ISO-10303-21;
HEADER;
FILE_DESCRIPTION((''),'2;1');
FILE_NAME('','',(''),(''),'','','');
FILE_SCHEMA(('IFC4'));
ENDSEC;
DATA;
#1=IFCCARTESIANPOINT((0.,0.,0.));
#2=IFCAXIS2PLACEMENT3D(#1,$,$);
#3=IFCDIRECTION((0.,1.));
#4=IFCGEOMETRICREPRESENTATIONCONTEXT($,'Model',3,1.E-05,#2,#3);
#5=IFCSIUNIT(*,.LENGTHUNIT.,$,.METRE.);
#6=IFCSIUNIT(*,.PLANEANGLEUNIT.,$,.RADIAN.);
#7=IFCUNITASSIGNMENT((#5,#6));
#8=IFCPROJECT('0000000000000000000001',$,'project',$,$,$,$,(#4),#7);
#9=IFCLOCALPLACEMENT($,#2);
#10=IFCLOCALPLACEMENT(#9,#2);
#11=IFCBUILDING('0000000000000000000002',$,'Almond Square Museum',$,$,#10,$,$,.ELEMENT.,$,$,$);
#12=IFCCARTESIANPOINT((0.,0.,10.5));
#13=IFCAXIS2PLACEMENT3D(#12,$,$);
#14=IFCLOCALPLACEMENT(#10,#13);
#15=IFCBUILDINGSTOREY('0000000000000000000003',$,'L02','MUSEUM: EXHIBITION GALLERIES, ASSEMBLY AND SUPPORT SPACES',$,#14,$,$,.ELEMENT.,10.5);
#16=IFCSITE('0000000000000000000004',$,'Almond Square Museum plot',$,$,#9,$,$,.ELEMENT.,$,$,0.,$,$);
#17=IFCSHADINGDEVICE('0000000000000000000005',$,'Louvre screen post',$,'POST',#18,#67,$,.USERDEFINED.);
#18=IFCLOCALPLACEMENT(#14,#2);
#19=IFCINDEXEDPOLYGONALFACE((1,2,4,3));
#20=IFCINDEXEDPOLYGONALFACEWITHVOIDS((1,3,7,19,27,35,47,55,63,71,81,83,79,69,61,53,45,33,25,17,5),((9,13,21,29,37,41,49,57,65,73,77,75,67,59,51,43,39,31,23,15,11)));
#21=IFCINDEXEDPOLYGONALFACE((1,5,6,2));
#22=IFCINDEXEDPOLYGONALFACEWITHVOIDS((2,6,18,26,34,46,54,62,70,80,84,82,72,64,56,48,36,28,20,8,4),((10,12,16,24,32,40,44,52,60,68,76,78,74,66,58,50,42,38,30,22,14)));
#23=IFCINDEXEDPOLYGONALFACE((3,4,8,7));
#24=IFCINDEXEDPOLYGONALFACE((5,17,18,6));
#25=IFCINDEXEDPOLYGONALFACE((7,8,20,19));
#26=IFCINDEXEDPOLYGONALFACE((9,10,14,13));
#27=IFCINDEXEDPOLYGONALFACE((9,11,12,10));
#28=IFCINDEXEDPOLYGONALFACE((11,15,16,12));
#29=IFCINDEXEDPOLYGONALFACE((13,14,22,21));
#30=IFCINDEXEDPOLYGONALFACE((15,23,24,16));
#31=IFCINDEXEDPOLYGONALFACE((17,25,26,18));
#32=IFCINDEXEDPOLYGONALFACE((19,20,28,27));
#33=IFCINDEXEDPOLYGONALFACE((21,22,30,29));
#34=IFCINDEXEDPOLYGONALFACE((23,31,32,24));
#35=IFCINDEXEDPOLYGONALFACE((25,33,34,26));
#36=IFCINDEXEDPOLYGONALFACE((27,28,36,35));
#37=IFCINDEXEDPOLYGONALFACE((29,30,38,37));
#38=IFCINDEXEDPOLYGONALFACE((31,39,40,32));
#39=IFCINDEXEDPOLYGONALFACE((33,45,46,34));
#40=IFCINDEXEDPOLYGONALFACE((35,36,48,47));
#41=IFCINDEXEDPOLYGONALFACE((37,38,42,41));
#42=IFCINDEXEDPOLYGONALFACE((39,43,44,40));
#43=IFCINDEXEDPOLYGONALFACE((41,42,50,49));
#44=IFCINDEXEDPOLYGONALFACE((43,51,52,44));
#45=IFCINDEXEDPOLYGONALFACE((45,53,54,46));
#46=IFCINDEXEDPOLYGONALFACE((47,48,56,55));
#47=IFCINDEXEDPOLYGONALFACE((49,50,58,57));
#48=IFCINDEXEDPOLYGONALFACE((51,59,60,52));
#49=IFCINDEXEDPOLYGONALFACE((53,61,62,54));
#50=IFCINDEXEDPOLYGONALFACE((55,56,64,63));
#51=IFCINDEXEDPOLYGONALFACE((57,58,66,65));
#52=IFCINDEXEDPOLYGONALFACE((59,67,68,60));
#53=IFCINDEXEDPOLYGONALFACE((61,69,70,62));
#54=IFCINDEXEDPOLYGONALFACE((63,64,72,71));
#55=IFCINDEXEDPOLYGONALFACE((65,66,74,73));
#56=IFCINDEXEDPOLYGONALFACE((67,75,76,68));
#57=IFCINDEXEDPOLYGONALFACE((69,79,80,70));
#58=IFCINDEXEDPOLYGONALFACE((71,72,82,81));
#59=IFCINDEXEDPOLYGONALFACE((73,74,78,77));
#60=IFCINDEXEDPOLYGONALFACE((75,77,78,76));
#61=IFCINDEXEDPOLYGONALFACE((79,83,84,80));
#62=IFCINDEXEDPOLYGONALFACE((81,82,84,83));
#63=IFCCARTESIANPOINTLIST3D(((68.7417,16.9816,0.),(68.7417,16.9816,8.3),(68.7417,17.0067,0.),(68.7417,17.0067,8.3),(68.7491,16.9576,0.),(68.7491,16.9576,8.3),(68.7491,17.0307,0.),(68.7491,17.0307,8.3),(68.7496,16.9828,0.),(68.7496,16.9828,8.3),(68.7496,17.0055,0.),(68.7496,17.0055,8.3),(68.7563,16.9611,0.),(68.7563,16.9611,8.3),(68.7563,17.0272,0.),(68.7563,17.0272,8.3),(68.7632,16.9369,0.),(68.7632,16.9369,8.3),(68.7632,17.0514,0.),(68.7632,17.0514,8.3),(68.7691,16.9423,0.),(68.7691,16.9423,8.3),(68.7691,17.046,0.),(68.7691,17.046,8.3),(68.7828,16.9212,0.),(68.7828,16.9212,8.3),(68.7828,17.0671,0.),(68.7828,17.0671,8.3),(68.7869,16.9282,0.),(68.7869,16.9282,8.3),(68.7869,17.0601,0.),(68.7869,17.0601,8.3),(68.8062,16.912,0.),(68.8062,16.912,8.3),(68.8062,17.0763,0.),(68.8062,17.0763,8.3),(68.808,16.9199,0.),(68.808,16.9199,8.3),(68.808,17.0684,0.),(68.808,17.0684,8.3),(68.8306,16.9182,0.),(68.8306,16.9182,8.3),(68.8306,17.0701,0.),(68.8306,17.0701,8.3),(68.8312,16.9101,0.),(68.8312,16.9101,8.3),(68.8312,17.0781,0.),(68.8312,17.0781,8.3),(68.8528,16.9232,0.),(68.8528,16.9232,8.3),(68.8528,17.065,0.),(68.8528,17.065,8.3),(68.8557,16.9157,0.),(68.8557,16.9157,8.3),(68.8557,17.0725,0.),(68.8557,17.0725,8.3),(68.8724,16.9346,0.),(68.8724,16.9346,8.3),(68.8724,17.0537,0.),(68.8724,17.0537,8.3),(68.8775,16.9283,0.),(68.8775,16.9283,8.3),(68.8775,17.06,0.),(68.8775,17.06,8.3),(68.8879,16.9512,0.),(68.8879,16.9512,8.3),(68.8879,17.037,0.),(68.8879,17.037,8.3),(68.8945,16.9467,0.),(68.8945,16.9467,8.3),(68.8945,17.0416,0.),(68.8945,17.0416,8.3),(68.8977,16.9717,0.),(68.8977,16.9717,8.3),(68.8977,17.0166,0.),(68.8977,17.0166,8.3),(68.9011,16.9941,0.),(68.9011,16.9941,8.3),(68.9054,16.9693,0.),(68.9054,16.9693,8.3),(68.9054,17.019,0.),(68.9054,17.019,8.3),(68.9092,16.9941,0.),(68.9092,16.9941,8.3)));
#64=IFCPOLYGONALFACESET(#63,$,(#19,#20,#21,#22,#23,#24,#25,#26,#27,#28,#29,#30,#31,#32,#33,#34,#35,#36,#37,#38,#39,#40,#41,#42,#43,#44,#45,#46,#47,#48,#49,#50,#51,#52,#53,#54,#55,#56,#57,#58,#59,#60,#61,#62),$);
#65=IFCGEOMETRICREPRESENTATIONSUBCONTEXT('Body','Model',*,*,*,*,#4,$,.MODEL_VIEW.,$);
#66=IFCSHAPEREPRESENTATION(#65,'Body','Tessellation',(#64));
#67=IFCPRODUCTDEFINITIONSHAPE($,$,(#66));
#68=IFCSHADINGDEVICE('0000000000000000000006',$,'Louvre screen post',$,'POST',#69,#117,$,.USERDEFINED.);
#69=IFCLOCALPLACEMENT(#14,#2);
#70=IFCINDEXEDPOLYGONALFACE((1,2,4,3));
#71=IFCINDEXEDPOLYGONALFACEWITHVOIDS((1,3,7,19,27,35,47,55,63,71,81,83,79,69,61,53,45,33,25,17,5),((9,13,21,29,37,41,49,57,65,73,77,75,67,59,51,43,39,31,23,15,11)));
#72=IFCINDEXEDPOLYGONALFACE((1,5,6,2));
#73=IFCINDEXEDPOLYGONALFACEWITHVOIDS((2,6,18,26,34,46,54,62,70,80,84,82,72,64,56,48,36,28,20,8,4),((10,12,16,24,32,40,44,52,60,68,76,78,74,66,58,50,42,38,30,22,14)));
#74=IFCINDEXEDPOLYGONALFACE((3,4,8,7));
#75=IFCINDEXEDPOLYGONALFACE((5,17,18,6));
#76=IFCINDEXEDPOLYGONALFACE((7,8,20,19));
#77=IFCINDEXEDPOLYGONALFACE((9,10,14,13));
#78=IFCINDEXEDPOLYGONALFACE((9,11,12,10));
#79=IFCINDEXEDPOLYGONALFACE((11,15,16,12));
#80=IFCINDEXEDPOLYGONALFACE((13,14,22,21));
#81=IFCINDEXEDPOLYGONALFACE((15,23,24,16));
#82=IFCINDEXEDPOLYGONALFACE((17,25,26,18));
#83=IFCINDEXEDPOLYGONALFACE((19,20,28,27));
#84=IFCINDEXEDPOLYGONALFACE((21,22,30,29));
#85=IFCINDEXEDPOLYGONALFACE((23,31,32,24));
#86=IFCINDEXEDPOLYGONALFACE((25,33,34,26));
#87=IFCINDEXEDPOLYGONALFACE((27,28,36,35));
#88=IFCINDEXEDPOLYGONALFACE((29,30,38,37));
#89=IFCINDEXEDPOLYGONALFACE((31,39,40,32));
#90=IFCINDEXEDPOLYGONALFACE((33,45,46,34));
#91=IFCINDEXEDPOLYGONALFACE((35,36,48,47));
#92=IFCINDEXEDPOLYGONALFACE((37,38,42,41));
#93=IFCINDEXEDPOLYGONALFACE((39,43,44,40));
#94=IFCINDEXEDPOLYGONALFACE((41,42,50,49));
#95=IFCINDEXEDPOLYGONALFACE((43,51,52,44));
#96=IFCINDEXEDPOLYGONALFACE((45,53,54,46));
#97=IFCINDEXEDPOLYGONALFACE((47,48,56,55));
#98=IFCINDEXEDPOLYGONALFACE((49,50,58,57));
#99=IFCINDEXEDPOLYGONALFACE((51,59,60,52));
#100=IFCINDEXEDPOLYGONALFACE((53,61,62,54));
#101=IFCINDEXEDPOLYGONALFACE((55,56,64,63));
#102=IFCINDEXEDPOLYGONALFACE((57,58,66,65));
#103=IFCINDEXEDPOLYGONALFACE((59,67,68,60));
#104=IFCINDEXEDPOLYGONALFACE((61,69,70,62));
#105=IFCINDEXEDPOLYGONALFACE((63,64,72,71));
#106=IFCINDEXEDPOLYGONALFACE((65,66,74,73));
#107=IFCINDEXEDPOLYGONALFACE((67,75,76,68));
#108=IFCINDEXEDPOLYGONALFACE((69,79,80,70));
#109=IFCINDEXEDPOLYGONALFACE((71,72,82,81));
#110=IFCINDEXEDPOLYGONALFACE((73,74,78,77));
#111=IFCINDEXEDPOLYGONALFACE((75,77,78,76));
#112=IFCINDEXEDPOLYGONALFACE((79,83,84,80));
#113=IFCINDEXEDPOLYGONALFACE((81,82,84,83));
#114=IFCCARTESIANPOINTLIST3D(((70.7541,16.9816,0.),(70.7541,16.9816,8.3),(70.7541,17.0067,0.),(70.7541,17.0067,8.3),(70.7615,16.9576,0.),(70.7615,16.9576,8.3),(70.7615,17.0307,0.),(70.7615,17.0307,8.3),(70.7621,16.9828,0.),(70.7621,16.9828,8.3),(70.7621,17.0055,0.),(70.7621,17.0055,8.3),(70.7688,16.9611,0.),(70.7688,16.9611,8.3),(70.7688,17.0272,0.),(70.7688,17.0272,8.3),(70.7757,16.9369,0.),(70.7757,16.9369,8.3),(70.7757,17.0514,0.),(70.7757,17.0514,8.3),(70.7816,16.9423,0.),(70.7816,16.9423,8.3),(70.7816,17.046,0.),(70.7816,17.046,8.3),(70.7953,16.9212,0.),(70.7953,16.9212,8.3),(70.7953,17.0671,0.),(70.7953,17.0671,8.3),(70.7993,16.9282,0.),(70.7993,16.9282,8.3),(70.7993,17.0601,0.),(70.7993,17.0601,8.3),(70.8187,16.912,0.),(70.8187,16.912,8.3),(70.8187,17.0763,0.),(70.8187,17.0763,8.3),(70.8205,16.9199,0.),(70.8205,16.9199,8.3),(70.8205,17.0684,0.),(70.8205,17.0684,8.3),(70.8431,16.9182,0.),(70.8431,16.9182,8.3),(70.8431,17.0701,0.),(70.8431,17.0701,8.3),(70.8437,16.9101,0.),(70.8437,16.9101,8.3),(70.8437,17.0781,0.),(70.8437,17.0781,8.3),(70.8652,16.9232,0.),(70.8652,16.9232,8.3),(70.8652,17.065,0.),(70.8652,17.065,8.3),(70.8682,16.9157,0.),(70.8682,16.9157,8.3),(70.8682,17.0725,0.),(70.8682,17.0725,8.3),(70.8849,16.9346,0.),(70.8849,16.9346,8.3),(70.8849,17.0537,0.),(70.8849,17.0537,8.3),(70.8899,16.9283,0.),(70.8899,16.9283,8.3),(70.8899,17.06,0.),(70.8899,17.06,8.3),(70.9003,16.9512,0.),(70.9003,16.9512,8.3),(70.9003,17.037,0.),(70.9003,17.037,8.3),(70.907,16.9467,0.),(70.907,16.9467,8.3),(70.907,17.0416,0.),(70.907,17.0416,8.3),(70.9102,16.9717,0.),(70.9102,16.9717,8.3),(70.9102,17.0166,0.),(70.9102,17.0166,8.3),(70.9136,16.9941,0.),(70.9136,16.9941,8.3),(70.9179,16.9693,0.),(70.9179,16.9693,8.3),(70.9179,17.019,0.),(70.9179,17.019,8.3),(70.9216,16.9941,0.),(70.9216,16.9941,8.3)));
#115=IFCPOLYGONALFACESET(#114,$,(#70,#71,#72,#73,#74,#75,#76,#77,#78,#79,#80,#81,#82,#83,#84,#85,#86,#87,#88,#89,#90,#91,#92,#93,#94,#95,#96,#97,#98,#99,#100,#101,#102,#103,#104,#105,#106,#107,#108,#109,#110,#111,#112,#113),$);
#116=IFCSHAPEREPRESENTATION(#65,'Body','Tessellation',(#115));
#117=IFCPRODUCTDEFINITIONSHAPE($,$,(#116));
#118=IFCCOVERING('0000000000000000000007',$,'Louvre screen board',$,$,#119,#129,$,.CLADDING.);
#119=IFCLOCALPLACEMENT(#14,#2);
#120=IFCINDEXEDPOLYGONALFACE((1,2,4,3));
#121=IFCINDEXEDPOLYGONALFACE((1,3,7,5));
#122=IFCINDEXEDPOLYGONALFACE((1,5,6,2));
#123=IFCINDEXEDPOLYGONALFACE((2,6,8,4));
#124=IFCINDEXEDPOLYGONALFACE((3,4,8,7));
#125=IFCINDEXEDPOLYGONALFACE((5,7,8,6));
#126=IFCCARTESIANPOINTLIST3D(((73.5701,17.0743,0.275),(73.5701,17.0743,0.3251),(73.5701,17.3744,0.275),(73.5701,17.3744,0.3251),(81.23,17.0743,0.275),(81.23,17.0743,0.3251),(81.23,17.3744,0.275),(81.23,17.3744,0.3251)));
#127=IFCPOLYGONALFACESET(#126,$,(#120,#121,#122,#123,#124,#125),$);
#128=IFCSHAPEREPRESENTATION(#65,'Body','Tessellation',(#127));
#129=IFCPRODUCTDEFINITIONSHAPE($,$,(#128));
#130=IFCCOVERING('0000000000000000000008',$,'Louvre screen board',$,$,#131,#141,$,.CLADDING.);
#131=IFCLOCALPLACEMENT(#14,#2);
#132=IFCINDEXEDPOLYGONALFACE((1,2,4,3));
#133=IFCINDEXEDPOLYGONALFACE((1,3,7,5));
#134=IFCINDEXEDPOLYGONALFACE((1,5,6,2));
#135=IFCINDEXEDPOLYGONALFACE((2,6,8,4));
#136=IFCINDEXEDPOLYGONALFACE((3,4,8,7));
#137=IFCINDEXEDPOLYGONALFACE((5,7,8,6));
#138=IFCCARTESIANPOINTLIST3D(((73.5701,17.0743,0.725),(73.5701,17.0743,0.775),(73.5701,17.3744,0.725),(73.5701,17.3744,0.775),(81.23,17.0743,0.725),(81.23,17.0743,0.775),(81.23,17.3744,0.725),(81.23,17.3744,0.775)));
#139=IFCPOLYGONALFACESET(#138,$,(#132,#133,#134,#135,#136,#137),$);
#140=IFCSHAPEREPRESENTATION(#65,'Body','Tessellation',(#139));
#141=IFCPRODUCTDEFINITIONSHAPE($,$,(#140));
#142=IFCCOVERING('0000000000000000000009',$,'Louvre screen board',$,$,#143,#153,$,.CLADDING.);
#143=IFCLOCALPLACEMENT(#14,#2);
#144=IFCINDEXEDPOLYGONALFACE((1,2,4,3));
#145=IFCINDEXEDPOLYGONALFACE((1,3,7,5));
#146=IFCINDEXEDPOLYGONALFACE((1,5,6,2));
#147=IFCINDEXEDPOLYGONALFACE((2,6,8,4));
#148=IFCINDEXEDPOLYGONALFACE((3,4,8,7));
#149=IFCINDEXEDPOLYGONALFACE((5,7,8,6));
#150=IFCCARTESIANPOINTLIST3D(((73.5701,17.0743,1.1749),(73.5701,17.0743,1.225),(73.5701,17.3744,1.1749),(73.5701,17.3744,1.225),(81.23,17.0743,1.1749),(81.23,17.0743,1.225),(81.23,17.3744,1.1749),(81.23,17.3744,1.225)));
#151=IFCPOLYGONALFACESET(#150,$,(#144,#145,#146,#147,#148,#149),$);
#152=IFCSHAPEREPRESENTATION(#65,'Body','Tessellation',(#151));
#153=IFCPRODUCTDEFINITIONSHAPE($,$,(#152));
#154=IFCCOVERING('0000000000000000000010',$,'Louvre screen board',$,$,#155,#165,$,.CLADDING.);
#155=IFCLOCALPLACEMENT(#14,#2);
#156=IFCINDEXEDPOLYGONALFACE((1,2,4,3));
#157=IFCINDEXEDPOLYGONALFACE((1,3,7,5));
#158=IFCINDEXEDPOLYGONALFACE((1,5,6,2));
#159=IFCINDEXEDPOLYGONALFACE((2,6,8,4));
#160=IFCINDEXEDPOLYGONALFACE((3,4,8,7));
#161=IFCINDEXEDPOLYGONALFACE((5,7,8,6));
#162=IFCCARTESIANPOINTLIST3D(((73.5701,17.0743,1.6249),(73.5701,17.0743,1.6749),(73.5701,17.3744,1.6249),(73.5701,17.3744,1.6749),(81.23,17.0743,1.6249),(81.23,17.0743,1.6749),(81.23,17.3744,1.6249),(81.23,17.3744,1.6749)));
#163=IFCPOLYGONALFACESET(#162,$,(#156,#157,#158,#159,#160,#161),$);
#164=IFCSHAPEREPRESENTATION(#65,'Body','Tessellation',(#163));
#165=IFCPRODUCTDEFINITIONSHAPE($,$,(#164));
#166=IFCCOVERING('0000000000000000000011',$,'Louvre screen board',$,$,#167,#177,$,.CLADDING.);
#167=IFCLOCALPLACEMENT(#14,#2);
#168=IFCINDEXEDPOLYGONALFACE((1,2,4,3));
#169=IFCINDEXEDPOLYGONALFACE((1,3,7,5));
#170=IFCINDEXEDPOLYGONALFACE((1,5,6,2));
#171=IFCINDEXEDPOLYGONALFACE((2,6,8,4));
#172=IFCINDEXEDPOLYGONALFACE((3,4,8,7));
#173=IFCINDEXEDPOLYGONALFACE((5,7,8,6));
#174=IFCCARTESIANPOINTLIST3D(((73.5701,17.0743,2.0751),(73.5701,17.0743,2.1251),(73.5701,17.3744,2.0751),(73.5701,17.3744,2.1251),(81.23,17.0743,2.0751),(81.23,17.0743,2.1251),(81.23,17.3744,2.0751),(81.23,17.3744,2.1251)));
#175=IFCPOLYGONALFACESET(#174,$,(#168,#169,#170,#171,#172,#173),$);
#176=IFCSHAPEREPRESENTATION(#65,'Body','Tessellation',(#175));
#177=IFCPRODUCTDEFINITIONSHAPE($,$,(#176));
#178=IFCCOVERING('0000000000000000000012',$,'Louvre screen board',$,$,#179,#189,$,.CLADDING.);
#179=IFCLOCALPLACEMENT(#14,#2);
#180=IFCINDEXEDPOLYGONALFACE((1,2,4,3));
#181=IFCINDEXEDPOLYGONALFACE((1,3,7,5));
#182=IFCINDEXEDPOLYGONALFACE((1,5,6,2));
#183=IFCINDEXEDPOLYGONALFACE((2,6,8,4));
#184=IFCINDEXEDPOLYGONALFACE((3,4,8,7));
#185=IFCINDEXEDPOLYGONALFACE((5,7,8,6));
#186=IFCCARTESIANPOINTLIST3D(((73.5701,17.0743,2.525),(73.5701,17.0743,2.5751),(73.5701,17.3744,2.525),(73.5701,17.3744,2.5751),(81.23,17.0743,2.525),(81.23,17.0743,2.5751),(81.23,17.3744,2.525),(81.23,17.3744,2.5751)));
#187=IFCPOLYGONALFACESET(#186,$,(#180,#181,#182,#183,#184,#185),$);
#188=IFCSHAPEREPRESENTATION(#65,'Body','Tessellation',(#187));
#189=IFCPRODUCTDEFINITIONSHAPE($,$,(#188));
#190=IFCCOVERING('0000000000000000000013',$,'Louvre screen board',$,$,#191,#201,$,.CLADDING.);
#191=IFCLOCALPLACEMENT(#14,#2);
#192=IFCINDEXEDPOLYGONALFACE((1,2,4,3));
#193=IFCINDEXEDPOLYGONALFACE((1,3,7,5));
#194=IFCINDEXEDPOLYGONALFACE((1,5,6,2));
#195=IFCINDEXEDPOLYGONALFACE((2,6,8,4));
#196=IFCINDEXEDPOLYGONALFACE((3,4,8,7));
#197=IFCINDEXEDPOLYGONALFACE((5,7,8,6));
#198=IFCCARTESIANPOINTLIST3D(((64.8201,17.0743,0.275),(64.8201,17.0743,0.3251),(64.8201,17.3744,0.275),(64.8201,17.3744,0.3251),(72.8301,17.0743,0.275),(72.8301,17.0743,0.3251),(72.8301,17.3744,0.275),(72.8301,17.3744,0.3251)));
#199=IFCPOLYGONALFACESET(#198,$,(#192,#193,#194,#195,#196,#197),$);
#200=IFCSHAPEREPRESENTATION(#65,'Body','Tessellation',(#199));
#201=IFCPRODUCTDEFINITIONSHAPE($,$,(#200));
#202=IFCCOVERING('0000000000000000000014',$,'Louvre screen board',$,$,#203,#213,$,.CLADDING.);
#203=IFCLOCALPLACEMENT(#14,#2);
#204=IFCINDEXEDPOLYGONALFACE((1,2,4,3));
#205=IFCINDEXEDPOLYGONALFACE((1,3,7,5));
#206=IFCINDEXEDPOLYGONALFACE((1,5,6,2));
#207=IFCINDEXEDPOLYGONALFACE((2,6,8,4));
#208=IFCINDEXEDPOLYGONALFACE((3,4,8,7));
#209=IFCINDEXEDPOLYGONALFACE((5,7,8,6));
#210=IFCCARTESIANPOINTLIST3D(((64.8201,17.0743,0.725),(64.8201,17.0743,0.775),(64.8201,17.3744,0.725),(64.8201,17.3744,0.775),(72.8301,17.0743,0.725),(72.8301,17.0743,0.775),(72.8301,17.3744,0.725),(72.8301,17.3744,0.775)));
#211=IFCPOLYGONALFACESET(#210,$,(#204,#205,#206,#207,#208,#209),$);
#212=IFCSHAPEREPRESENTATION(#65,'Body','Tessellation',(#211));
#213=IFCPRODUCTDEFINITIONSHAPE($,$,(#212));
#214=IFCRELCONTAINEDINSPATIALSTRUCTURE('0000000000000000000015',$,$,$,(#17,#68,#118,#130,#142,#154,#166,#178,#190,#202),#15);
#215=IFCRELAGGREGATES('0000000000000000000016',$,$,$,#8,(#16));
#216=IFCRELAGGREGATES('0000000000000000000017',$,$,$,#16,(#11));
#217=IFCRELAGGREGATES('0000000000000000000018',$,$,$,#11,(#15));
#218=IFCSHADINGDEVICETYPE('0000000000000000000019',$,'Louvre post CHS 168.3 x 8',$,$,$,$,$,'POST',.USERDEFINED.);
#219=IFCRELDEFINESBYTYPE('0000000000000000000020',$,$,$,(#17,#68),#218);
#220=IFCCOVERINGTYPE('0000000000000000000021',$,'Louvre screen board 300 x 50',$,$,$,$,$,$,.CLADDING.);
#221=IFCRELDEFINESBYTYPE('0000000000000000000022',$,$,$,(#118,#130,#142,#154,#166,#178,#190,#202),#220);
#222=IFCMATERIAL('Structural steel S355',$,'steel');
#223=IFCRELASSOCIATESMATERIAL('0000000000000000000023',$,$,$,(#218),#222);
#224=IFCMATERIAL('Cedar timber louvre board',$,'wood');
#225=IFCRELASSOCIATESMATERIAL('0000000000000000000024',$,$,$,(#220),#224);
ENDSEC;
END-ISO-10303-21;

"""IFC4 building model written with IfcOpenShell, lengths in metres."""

from ifc_helpers import new_model, si_unit, direction, frame, origin, origin_2d, place, context, subcontext, project, spatial, rectangle, hollow_circle, extrude, material, material_profile, profile_set, type_object, element, save


model = new_model("IFC4")

# Units and contexts
model_context = context("Model", 3, precision=1e-05, world=origin(), true_north=direction((0.0, 1.0)))
body_context = subcontext(model_context, "Body", "Model", "MODEL_VIEW")
ifc_project = project(units=[si_unit("LENGTHUNIT", "METRE"), si_unit("PLANEANGLEUNIT", "RADIAN")], contexts=[model_context])

# Site, building, storey
site_placement = place(None, origin())
site = spatial("IfcSite", under=ifc_project, at=site_placement, Name="Almond Square Museum plot", CompositionType="ELEMENT", RefElevation=0.0)
building_placement = place(site_placement, origin())
building = spatial("IfcBuilding", under=site, at=building_placement, Name="Almond Square Museum", CompositionType="ELEMENT")
storey_placement = place(building_placement, frame((0.0, 0.0, 10.5)))
storey = spatial("IfcBuildingStorey", under=building, at=storey_placement, Name="L02", Description="MUSEUM: EXHIBITION GALLERIES, ASSEMBLY AND SUPPORT SPACES", CompositionType="ELEMENT", Elevation=10.5)

# Shading devices
ifc_material_1 = material(Name="Structural steel S355", Category="steel")
ifc_material_profile_1 = material_profile(ifc_material_1, hollow_circle(Radius=0.0842, WallThickness=0.0081, at=origin_2d()))
ifc_profile_set_1 = profile_set([ifc_material_profile_1], Name="Structural steel S355")
shading_device_type = type_object("IfcShadingDeviceType", Name="Louvre post CHS 168.3 x 8", ElementType="POST", PredefinedType="USERDEFINED", material=ifc_profile_set_1)
for number, where, z_axis, x_axis, name in (
    (1, (68.825, 16.9941, 0.0), (0.0, 0.0, 1.0), (1.0, 0.0, 0.0), "Louvre screen post"),
    (2, (70.8374, 16.9941, 0.0), (0.0, 0.0, 1.0), (1.0, 0.0, 0.0), "Louvre screen post"),
):
    element("IfcShadingDevice", number, at=place(storey_placement, frame(where, z_axis=z_axis, x_axis=x_axis)), inside=storey, type_object=shading_device_type, Name=name, ObjectType="POST", PredefinedType="USERDEFINED", context=body_context, shape_type="SweptSolid", body=[
        extrude(hollow_circle(Radius=0.0842, WallThickness=0.0081, at=origin_2d()), origin(), (0.0, 0.0, 1.0), 8.3),
    ])

# Coverings
ifc_material_2 = material(Name="Cedar timber louvre board", Category="wood")
ifc_material_profile_2 = material_profile(ifc_material_2, rectangle(XDim=0.3, YDim=0.05, at=origin_2d()))
ifc_profile_set_2 = profile_set([ifc_material_profile_2], Name="Cedar timber louvre board")
covering_type = type_object("IfcCoveringType", Name="Louvre screen board 300 x 50", PredefinedType="CLADDING", material=ifc_profile_set_2)
for number, where, z_axis, x_axis, name in (
    (3, (73.5701, 17.2244, 0.3), (1.0, 0.0, 0.0), (0.0, 1.0, 0.0), "Louvre screen board"),
    (4, (73.5701, 17.2244, 0.75), (1.0, 0.0, 0.0), (0.0, 1.0, 0.0), "Louvre screen board"),
    (5, (73.5701, 17.2244, 1.2), (1.0, 0.0, 0.0), (0.0, 1.0, 0.0), "Louvre screen board"),
    (6, (73.5701, 17.2244, 1.6499), (1.0, 0.0, 0.0), (0.0, 1.0, 0.0), "Louvre screen board"),
    (7, (73.5701, 17.2244, 2.1001), (1.0, 0.0, 0.0), (0.0, 1.0, 0.0), "Louvre screen board"),
    (8, (73.5701, 17.2244, 2.55), (1.0, 0.0, 0.0), (0.0, 1.0, 0.0), "Louvre screen board"),
):
    element("IfcCovering", number, at=place(storey_placement, frame(where, z_axis=z_axis, x_axis=x_axis)), inside=storey, type_object=covering_type, Name=name, PredefinedType="CLADDING", context=body_context, shape_type="SweptSolid", body=[
        extrude(rectangle(XDim=0.3, YDim=0.05, at=origin_2d()), origin(), (0.0, 0.0, 1.0), 7.6599),
    ])
for number, where, z_axis, x_axis, name in (
    (9, (64.8201, 17.2244, 0.3), (1.0, 0.0, 0.0), (0.0, 1.0, 0.0), "Louvre screen board"),
    (10, (64.8201, 17.2244, 0.75), (1.0, 0.0, 0.0), (0.0, 1.0, 0.0), "Louvre screen board"),
):
    element("IfcCovering", number, at=place(storey_placement, frame(where, z_axis=z_axis, x_axis=x_axis)), inside=storey, type_object=covering_type, Name=name, PredefinedType="CLADDING", context=body_context, shape_type="SweptSolid", body=[
        extrude(rectangle(XDim=0.3, YDim=0.05, at=origin_2d()), origin(), (0.0, 0.0, 1.0), 8.01),
    ])

save(model, "model.ifc")
